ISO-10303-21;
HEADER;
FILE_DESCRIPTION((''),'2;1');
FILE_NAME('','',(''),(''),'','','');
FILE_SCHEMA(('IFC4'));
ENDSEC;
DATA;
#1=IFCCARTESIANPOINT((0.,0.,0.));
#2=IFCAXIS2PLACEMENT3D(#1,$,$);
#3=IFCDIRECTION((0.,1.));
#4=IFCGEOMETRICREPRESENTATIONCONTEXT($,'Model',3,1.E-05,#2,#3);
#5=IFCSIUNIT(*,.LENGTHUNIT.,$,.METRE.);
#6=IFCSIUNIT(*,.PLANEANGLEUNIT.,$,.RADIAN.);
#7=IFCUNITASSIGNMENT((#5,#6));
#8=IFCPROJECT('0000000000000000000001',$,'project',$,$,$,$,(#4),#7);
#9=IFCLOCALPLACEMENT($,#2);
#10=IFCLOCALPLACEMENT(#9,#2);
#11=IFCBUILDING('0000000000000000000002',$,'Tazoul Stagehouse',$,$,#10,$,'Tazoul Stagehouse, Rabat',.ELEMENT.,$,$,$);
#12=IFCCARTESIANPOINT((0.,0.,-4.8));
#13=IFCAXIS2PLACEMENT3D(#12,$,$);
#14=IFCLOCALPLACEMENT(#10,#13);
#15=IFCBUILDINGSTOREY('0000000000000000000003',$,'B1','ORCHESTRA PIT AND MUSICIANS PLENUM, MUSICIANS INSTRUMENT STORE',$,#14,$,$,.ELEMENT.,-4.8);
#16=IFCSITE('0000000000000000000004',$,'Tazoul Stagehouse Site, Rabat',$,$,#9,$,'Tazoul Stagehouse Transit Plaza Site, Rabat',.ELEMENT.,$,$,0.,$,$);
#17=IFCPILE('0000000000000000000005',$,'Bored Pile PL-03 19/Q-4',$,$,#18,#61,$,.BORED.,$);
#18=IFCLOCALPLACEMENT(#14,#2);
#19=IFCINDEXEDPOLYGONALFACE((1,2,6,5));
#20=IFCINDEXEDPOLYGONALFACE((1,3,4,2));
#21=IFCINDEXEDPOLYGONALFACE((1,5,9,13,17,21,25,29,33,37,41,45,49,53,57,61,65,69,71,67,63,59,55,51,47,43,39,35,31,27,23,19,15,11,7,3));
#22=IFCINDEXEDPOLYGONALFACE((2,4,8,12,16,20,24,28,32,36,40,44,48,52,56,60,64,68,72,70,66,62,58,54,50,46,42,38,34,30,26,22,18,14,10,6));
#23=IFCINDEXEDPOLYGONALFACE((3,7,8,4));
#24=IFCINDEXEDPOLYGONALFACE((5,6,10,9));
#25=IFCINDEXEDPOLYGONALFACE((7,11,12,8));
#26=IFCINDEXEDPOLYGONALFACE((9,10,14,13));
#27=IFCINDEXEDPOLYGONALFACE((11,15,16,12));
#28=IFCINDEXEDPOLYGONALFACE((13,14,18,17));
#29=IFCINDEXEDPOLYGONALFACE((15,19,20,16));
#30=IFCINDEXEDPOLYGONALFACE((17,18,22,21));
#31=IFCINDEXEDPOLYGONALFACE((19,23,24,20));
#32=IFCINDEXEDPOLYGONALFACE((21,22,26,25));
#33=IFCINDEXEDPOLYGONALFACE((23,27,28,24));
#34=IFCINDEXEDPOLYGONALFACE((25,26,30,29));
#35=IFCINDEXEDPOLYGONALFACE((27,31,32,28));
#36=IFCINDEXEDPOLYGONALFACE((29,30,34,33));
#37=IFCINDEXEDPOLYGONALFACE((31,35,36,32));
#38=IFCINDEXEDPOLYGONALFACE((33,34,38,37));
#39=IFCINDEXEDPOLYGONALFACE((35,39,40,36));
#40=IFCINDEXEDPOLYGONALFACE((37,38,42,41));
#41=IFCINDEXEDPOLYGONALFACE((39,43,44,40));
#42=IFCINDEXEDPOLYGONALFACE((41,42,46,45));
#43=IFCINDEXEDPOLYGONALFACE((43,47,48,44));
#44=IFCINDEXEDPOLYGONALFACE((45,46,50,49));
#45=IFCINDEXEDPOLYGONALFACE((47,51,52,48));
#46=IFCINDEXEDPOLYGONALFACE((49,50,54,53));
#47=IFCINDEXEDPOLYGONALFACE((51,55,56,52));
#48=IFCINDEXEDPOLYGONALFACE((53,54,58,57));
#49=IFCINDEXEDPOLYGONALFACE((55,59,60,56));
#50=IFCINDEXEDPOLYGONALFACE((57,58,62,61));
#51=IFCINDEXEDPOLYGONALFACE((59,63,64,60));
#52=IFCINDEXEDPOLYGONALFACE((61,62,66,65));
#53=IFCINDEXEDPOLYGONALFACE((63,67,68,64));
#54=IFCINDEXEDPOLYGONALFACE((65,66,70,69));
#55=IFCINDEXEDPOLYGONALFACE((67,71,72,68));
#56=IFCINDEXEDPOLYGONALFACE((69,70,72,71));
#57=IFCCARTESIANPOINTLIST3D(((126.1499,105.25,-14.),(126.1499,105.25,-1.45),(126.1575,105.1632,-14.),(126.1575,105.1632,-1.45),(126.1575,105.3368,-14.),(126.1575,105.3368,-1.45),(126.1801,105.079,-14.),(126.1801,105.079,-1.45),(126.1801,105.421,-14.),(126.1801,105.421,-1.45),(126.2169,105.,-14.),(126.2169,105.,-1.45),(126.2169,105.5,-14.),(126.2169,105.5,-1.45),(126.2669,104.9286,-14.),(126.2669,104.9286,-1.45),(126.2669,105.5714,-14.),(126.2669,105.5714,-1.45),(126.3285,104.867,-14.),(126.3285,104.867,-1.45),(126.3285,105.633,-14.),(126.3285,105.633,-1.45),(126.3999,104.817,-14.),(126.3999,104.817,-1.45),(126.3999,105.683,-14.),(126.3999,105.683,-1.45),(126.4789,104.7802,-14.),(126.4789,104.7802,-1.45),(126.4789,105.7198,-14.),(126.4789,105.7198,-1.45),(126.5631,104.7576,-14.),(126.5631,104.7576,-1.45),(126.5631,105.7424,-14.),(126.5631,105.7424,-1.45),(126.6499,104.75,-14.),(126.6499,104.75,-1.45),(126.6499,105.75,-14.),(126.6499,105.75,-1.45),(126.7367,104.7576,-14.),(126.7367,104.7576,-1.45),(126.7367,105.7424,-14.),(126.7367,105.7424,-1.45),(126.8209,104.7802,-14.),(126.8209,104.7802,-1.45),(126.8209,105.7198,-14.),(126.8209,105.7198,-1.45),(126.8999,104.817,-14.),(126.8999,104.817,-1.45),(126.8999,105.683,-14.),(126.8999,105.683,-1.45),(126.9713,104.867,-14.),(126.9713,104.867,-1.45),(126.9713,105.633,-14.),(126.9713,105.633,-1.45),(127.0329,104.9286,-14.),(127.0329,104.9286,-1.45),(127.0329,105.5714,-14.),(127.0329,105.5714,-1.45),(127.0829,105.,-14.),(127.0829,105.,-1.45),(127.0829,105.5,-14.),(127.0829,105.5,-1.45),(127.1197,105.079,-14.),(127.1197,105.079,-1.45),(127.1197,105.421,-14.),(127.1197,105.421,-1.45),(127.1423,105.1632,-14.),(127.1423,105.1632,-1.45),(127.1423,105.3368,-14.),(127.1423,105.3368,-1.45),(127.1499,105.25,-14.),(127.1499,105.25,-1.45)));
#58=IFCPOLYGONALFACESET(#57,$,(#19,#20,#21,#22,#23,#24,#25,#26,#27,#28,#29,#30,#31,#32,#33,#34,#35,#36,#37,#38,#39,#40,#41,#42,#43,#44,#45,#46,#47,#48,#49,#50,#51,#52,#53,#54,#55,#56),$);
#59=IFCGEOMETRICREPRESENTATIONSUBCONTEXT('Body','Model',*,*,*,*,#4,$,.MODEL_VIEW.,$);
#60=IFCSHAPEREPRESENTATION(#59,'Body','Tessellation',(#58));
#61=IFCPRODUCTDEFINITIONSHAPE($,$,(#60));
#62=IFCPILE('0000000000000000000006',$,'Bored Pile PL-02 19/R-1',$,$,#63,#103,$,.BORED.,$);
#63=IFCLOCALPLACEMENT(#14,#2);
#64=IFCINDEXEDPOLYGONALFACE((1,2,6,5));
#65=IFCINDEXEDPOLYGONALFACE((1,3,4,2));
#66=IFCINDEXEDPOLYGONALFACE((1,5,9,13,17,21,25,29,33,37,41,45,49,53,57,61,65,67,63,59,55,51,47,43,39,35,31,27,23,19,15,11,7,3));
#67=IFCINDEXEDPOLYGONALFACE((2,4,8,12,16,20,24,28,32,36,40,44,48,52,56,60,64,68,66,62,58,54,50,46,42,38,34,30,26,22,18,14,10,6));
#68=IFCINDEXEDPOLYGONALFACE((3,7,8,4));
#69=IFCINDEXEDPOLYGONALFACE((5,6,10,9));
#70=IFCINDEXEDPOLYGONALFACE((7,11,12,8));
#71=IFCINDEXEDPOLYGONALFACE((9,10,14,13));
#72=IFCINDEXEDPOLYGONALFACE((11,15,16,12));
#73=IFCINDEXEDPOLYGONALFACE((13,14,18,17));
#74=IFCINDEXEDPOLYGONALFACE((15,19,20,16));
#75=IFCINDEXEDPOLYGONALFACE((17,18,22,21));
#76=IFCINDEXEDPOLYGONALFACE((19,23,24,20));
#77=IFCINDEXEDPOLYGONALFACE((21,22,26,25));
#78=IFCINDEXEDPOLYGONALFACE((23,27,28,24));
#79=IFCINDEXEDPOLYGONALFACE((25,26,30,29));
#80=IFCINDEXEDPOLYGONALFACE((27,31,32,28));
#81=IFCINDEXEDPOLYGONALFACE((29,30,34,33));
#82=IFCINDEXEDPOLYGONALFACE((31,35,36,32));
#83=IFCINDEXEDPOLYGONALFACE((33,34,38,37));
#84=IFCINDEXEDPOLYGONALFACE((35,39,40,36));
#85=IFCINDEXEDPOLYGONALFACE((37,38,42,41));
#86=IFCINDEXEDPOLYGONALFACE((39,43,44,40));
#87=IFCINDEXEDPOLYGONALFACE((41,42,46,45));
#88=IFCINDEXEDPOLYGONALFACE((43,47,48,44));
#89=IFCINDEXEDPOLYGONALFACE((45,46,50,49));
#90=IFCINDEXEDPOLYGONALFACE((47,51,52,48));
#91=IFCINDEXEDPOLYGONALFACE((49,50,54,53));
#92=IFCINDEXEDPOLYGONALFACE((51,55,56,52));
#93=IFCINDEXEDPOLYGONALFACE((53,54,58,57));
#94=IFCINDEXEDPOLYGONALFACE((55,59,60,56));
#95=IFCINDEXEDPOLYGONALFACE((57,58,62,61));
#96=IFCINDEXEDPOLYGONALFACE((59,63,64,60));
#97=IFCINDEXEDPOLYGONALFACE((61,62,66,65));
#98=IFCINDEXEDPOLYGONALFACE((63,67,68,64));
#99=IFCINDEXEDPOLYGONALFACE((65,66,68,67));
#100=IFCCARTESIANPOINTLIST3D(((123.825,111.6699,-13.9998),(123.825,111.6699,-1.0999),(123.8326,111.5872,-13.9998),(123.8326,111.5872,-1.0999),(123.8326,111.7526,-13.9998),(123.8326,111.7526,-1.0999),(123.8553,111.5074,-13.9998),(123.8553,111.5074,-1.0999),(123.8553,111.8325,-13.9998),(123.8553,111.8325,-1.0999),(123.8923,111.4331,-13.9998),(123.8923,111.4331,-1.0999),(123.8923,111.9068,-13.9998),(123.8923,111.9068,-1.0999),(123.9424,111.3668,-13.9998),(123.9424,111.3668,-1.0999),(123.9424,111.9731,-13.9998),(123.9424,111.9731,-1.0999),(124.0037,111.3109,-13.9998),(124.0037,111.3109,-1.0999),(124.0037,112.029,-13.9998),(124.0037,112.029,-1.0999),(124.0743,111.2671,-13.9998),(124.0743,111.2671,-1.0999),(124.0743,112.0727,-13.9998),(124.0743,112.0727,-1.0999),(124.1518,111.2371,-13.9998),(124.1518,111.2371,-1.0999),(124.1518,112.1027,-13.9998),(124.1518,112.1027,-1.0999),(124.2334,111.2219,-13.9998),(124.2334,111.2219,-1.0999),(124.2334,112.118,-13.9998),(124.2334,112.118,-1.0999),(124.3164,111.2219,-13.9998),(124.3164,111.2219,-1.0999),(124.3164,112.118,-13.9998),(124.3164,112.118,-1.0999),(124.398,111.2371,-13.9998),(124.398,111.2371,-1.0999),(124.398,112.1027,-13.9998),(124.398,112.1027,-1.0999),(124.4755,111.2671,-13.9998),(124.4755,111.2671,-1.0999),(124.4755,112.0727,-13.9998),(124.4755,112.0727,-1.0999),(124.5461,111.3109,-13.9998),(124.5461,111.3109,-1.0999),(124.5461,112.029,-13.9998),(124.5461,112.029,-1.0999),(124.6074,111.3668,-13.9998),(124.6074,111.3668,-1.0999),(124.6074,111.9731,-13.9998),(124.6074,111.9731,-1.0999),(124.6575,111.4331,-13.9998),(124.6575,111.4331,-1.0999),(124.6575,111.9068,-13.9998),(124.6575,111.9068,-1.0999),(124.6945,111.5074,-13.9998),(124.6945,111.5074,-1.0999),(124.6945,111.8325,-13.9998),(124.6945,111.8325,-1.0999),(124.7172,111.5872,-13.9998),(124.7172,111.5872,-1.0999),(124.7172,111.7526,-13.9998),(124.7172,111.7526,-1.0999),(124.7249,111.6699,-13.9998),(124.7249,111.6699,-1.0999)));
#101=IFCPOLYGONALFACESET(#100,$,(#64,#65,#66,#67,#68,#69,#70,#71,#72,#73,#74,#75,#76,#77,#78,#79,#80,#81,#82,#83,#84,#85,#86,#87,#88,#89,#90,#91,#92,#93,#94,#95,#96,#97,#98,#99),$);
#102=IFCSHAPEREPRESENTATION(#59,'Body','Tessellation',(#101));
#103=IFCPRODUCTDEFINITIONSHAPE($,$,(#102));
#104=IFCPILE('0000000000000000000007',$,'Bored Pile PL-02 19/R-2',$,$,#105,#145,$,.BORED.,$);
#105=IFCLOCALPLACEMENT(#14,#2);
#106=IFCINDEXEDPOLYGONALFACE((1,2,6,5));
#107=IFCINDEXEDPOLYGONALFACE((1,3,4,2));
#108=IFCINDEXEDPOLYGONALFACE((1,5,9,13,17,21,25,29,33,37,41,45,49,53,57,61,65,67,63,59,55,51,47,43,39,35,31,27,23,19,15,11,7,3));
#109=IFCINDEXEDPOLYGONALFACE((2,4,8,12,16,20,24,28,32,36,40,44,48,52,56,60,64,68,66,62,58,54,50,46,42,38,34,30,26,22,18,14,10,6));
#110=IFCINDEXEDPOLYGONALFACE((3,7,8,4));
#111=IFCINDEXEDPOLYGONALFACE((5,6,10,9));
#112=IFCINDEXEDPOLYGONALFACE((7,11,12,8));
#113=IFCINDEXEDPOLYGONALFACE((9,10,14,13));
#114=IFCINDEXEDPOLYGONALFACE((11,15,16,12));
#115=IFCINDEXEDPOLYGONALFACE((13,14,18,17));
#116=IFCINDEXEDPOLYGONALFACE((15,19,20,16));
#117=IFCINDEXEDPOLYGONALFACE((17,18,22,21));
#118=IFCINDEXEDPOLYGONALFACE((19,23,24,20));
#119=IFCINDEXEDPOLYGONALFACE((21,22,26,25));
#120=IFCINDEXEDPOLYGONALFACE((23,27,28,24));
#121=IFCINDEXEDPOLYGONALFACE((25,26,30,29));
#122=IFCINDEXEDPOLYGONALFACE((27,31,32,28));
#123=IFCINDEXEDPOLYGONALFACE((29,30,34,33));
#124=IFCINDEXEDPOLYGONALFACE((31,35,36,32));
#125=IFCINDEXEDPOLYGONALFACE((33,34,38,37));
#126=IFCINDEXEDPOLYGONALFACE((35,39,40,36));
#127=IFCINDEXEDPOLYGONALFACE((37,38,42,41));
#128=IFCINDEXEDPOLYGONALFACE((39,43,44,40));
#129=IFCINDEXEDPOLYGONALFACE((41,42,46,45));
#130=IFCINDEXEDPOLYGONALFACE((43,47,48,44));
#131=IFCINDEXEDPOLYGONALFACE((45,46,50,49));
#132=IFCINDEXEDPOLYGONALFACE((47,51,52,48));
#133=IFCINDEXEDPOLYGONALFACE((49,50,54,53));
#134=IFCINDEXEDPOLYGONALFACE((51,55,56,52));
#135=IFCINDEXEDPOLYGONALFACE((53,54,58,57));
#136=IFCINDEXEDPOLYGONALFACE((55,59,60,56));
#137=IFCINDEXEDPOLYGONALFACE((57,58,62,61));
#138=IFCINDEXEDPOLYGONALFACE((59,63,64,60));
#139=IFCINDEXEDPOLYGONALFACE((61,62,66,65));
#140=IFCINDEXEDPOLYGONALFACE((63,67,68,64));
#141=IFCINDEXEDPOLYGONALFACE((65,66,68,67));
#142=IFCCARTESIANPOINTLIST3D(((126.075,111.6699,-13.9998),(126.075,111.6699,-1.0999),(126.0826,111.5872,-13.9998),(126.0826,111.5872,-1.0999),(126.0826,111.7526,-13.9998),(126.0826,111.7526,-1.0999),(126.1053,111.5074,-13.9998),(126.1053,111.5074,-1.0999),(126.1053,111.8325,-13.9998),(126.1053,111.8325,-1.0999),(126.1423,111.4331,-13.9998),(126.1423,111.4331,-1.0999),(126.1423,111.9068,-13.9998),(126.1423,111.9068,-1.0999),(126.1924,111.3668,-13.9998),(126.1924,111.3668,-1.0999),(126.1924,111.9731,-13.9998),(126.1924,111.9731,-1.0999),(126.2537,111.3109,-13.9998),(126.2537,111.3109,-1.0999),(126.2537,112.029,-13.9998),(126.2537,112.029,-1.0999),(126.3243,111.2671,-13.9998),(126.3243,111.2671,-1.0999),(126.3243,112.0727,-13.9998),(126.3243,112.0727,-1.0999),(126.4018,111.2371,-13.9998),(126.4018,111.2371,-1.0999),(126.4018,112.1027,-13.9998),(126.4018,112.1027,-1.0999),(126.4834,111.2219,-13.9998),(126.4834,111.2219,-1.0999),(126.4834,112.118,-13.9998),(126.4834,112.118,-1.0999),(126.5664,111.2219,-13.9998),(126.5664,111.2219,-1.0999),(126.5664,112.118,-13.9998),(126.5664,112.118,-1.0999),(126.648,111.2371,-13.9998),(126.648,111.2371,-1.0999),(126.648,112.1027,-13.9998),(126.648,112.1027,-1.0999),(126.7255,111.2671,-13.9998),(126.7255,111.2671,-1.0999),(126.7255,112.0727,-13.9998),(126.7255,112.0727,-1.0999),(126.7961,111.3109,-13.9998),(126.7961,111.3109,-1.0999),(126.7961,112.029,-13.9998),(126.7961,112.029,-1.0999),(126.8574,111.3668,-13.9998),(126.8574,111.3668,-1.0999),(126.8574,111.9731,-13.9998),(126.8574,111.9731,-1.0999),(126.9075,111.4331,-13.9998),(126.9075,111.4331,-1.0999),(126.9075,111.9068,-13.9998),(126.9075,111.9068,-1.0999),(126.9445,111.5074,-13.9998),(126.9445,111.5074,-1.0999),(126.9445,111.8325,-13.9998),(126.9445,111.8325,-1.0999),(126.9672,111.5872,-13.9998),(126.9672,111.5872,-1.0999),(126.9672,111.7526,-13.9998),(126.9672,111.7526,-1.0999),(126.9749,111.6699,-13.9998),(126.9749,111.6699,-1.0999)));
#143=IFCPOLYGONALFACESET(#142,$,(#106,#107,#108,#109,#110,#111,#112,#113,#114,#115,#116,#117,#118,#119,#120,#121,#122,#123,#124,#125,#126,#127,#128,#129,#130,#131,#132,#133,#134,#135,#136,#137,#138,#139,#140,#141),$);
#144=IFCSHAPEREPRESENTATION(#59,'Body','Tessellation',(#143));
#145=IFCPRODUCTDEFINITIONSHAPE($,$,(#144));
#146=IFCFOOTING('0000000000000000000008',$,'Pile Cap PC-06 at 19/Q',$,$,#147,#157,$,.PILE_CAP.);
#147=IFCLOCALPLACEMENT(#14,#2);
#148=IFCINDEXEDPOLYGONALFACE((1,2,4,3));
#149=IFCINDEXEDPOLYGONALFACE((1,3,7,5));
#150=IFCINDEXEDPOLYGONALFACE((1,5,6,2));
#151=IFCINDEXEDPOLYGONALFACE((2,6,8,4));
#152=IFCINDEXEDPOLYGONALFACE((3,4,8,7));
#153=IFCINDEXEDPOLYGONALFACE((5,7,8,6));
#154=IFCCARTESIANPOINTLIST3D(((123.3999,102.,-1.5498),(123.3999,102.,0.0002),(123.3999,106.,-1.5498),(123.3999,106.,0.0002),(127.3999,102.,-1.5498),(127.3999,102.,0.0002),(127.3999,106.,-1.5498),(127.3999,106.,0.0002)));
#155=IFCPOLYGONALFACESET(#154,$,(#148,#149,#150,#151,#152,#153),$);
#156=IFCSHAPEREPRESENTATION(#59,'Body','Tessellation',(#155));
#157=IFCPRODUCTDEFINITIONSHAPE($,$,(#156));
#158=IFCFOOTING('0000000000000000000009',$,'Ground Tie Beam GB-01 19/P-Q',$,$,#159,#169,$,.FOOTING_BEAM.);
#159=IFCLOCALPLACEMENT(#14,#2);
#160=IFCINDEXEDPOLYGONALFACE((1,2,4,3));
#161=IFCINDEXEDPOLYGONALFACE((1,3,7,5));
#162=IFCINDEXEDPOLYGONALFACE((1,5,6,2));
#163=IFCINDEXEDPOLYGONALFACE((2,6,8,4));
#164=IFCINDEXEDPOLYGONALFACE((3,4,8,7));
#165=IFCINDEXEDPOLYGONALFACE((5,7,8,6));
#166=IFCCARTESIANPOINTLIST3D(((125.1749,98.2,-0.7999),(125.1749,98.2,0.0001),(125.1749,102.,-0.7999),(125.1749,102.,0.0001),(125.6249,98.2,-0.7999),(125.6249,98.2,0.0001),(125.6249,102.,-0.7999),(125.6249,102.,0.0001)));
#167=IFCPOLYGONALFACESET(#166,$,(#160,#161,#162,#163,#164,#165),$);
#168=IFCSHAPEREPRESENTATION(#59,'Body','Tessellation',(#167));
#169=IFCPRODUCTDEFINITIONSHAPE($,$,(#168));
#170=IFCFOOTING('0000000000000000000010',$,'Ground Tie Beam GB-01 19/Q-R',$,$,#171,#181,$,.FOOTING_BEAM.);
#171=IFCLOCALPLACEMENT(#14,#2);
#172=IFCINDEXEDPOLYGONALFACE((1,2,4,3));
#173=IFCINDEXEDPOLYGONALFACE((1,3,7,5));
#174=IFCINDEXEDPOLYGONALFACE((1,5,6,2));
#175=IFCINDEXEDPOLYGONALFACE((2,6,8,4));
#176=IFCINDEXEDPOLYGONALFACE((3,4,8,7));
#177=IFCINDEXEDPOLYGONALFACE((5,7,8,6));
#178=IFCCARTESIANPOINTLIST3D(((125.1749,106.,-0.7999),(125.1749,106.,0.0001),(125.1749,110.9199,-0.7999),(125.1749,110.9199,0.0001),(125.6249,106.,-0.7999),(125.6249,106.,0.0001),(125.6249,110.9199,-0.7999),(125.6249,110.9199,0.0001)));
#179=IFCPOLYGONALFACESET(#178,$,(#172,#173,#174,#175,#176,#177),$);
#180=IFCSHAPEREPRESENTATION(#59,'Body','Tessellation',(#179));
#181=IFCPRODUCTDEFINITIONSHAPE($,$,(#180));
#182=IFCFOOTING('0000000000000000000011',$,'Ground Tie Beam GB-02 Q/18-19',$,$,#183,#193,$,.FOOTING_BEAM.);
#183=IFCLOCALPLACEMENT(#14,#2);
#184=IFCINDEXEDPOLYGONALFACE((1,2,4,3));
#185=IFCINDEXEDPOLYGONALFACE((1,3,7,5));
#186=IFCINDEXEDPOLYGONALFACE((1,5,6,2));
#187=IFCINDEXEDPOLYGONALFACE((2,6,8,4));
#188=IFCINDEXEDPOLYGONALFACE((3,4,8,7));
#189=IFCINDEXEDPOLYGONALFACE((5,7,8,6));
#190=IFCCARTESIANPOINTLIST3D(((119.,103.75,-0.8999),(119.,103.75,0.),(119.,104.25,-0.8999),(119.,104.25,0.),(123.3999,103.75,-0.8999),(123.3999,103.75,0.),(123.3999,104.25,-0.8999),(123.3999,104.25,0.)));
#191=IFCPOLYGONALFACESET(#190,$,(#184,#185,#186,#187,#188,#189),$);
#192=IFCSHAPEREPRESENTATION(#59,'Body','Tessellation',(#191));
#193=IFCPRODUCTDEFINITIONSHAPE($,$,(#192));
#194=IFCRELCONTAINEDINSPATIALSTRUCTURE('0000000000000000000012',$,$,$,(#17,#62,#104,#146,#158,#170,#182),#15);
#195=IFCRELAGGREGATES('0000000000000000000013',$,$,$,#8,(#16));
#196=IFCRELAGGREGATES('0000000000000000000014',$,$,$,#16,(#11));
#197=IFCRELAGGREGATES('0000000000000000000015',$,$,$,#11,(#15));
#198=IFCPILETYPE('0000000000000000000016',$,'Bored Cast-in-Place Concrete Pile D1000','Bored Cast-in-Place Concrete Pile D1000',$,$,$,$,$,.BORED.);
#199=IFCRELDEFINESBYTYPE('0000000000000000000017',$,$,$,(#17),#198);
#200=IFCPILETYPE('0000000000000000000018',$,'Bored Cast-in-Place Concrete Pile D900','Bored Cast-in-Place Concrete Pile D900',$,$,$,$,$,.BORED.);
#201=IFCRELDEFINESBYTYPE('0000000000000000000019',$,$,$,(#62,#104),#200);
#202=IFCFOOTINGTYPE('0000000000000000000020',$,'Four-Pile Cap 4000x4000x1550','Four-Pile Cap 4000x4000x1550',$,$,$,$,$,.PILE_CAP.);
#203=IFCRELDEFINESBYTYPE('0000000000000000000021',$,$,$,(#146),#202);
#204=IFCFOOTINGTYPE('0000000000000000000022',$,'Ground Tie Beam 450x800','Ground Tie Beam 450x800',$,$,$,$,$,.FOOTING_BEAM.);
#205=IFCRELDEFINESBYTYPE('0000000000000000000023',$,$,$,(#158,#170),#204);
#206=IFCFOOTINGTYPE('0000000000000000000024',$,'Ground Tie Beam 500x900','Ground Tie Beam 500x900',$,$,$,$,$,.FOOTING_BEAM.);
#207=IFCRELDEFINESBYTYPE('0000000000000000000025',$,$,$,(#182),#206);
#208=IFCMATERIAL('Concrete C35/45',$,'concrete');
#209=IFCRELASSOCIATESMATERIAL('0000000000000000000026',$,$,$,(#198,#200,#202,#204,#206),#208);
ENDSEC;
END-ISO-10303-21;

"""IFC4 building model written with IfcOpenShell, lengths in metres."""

from ifc_helpers import new_model, si_unit, direction, frame, origin, origin_2d, place, context, subcontext, project, spatial, rectangle, circle, extrude, material, material_profile, profile_set, type_object, element, save


model = new_model("IFC4")

# Units and contexts
model_context = context("Model", 3, precision=1e-05, world=origin(), true_north=direction((0.0, 1.0)))
body_context = subcontext(model_context, "Body", "Model", "MODEL_VIEW")
ifc_project = project(units=[si_unit("LENGTHUNIT", "METRE"), si_unit("PLANEANGLEUNIT", "RADIAN")], contexts=[model_context])

# Site, building, storey
site_placement = place(None, origin())
site = spatial("IfcSite", under=ifc_project, at=site_placement, Name="Tazoul Stagehouse Site, Rabat", LongName="Tazoul Stagehouse Transit Plaza Site, Rabat", CompositionType="ELEMENT", RefElevation=0.0)
building_placement = place(site_placement, origin())
building = spatial("IfcBuilding", under=site, at=building_placement, Name="Tazoul Stagehouse", LongName="Tazoul Stagehouse, Rabat", CompositionType="ELEMENT")
storey_placement = place(building_placement, frame((0.0, 0.0, -4.8)))
storey = spatial("IfcBuildingStorey", under=building, at=storey_placement, Name="B1", Description="ORCHESTRA PIT AND MUSICIANS PLENUM, MUSICIANS INSTRUMENT STORE", CompositionType="ELEMENT", Elevation=-4.8)

# Piles
ifc_material_1 = material(Name="Concrete C35/45", Category="concrete")
ifc_material_profile_1 = material_profile(ifc_material_1, circle(Radius=0.5, at=origin_2d()), Name="BORED PILE 1000")
ifc_profile_set_1 = profile_set([ifc_material_profile_1], Name="Concrete C35/45")
pile_type_1 = type_object("IfcPileType", Name="Bored Cast-in-Place Concrete Pile D1000", Description="Bored Cast-in-Place Concrete Pile D1000", PredefinedType="BORED", material=ifc_profile_set_1)
for number, where, z_axis, x_axis, name in (
    (1, (126.6499, 105.25, -1.45), (0.0, 0.0, -1.0), (1.0, 0.0, 0.0), "Bored Pile PL-03 19/Q-4"),
):
    element("IfcPile", number, at=place(storey_placement, frame(where, z_axis=z_axis, x_axis=x_axis)), inside=storey, type_object=pile_type_1, Name=name, PredefinedType="BORED", context=body_context, shape_type="SweptSolid", body=[
        extrude(circle(Radius=0.5, at=origin_2d()), origin(), (0.0, 0.0, 1.0), 12.55),
    ])
ifc_material_profile_2 = material_profile(ifc_material_1, circle(Radius=0.45, at=origin_2d()), Name="BORED PILE 900")
ifc_profile_set_2 = profile_set([ifc_material_profile_2], Name="Concrete C35/45")
pile_type_2 = type_object("IfcPileType", Name="Bored Cast-in-Place Concrete Pile D900", Description="Bored Cast-in-Place Concrete Pile D900", PredefinedType="BORED", material=ifc_profile_set_2)
for number, where, z_axis, x_axis, name in (
    (2, (124.2749, 111.6699, -1.0999), (0.0, 0.0, -1.0), (1.0, 0.0, 0.0), "Bored Pile PL-02 19/R-1"),
    (3, (126.5249, 111.6699, -1.0999), (0.0, 0.0, -1.0), (1.0, 0.0, 0.0), "Bored Pile PL-02 19/R-2"),
):
    element("IfcPile", number, at=place(storey_placement, frame(where, z_axis=z_axis, x_axis=x_axis)), inside=storey, type_object=pile_type_2, Name=name, PredefinedType="BORED", context=body_context, shape_type="SweptSolid", body=[
        extrude(circle(Radius=0.45, at=origin_2d()), origin(), (0.0, 0.0, 1.0), 12.8999),
    ])

# Footings
footing_type_1 = type_object("IfcFootingType", Name="Four-Pile Cap 4000x4000x1550", Description="Four-Pile Cap 4000x4000x1550", PredefinedType="PILE_CAP", material=ifc_material_1)
footing_1_placement = place(storey_placement, frame((125.3999, 104.0, -1.5498), z_axis=(0.0, 0.0, 1.0), x_axis=(1.0, 0.0, 0.0)))
element("IfcFooting", 4, at=footing_1_placement, inside=storey, type_object=footing_type_1, Name="Pile Cap PC-06 at 19/Q", PredefinedType="PILE_CAP", context=body_context, shape_type="SweptSolid", body=[
    extrude(rectangle(XDim=4.0, YDim=4.0, at=origin_2d()), origin(), (0.0, 0.0, 1.0), 1.55),
])
ifc_material_profile_3 = material_profile(ifc_material_1, rectangle(XDim=0.45, YDim=0.8, at=origin_2d()), Name="RC 450x800")
ifc_profile_set_3 = profile_set([ifc_material_profile_3], Name="Concrete C35/45")
footing_type_2 = type_object("IfcFootingType", Name="Ground Tie Beam 450x800", Description="Ground Tie Beam 450x800", PredefinedType="FOOTING_BEAM", material=ifc_profile_set_3)
footing_2_placement = place(storey_placement, frame((125.3999, 98.2, -0.3999), z_axis=(0.0, 1.0, 0.0), x_axis=(-1.0, 0.0, 0.0)))
element("IfcFooting", 5, at=footing_2_placement, inside=storey, type_object=footing_type_2, Name="Ground Tie Beam GB-01 19/P-Q", PredefinedType="FOOTING_BEAM", context=body_context, shape_type="SweptSolid", body=[
    extrude(rectangle(XDim=0.45, YDim=0.8, at=origin_2d()), origin(), (0.0, 0.0, 1.0), 3.8),
])
footing_3_placement = place(storey_placement, frame((125.3999, 106.0, -0.3999), z_axis=(0.0, 1.0, 0.0), x_axis=(-1.0, 0.0, 0.0)))
element("IfcFooting", 6, at=footing_3_placement, inside=storey, type_object=footing_type_2, Name="Ground Tie Beam GB-01 19/Q-R", PredefinedType="FOOTING_BEAM", context=body_context, shape_type="SweptSolid", body=[
    extrude(rectangle(XDim=0.45, YDim=0.8, at=origin_2d()), origin(), (0.0, 0.0, 1.0), 4.9199),
])
ifc_material_profile_4 = material_profile(ifc_material_1, rectangle(XDim=0.5, YDim=0.8999, at=origin_2d()), Name="RC 500x900")
ifc_profile_set_4 = profile_set([ifc_material_profile_4], Name="Concrete C35/45")
footing_type_3 = type_object("IfcFootingType", Name="Ground Tie Beam 500x900", Description="Ground Tie Beam 500x900", PredefinedType="FOOTING_BEAM", material=ifc_profile_set_4)
footing_4_placement = place(storey_placement, frame((119.0, 104.0, -0.45), z_axis=(1.0, 0.0, 0.0), x_axis=(0.0, 1.0, 0.0)))
element("IfcFooting", 7, at=footing_4_placement, inside=storey, type_object=footing_type_3, Name="Ground Tie Beam GB-02 Q/18-19", PredefinedType="FOOTING_BEAM", context=body_context, shape_type="SweptSolid", body=[
    extrude(rectangle(XDim=0.5, YDim=0.8999, at=origin_2d()), origin(), (0.0, 0.0, 1.0), 4.3999),
])

save(model, "model.ifc")
